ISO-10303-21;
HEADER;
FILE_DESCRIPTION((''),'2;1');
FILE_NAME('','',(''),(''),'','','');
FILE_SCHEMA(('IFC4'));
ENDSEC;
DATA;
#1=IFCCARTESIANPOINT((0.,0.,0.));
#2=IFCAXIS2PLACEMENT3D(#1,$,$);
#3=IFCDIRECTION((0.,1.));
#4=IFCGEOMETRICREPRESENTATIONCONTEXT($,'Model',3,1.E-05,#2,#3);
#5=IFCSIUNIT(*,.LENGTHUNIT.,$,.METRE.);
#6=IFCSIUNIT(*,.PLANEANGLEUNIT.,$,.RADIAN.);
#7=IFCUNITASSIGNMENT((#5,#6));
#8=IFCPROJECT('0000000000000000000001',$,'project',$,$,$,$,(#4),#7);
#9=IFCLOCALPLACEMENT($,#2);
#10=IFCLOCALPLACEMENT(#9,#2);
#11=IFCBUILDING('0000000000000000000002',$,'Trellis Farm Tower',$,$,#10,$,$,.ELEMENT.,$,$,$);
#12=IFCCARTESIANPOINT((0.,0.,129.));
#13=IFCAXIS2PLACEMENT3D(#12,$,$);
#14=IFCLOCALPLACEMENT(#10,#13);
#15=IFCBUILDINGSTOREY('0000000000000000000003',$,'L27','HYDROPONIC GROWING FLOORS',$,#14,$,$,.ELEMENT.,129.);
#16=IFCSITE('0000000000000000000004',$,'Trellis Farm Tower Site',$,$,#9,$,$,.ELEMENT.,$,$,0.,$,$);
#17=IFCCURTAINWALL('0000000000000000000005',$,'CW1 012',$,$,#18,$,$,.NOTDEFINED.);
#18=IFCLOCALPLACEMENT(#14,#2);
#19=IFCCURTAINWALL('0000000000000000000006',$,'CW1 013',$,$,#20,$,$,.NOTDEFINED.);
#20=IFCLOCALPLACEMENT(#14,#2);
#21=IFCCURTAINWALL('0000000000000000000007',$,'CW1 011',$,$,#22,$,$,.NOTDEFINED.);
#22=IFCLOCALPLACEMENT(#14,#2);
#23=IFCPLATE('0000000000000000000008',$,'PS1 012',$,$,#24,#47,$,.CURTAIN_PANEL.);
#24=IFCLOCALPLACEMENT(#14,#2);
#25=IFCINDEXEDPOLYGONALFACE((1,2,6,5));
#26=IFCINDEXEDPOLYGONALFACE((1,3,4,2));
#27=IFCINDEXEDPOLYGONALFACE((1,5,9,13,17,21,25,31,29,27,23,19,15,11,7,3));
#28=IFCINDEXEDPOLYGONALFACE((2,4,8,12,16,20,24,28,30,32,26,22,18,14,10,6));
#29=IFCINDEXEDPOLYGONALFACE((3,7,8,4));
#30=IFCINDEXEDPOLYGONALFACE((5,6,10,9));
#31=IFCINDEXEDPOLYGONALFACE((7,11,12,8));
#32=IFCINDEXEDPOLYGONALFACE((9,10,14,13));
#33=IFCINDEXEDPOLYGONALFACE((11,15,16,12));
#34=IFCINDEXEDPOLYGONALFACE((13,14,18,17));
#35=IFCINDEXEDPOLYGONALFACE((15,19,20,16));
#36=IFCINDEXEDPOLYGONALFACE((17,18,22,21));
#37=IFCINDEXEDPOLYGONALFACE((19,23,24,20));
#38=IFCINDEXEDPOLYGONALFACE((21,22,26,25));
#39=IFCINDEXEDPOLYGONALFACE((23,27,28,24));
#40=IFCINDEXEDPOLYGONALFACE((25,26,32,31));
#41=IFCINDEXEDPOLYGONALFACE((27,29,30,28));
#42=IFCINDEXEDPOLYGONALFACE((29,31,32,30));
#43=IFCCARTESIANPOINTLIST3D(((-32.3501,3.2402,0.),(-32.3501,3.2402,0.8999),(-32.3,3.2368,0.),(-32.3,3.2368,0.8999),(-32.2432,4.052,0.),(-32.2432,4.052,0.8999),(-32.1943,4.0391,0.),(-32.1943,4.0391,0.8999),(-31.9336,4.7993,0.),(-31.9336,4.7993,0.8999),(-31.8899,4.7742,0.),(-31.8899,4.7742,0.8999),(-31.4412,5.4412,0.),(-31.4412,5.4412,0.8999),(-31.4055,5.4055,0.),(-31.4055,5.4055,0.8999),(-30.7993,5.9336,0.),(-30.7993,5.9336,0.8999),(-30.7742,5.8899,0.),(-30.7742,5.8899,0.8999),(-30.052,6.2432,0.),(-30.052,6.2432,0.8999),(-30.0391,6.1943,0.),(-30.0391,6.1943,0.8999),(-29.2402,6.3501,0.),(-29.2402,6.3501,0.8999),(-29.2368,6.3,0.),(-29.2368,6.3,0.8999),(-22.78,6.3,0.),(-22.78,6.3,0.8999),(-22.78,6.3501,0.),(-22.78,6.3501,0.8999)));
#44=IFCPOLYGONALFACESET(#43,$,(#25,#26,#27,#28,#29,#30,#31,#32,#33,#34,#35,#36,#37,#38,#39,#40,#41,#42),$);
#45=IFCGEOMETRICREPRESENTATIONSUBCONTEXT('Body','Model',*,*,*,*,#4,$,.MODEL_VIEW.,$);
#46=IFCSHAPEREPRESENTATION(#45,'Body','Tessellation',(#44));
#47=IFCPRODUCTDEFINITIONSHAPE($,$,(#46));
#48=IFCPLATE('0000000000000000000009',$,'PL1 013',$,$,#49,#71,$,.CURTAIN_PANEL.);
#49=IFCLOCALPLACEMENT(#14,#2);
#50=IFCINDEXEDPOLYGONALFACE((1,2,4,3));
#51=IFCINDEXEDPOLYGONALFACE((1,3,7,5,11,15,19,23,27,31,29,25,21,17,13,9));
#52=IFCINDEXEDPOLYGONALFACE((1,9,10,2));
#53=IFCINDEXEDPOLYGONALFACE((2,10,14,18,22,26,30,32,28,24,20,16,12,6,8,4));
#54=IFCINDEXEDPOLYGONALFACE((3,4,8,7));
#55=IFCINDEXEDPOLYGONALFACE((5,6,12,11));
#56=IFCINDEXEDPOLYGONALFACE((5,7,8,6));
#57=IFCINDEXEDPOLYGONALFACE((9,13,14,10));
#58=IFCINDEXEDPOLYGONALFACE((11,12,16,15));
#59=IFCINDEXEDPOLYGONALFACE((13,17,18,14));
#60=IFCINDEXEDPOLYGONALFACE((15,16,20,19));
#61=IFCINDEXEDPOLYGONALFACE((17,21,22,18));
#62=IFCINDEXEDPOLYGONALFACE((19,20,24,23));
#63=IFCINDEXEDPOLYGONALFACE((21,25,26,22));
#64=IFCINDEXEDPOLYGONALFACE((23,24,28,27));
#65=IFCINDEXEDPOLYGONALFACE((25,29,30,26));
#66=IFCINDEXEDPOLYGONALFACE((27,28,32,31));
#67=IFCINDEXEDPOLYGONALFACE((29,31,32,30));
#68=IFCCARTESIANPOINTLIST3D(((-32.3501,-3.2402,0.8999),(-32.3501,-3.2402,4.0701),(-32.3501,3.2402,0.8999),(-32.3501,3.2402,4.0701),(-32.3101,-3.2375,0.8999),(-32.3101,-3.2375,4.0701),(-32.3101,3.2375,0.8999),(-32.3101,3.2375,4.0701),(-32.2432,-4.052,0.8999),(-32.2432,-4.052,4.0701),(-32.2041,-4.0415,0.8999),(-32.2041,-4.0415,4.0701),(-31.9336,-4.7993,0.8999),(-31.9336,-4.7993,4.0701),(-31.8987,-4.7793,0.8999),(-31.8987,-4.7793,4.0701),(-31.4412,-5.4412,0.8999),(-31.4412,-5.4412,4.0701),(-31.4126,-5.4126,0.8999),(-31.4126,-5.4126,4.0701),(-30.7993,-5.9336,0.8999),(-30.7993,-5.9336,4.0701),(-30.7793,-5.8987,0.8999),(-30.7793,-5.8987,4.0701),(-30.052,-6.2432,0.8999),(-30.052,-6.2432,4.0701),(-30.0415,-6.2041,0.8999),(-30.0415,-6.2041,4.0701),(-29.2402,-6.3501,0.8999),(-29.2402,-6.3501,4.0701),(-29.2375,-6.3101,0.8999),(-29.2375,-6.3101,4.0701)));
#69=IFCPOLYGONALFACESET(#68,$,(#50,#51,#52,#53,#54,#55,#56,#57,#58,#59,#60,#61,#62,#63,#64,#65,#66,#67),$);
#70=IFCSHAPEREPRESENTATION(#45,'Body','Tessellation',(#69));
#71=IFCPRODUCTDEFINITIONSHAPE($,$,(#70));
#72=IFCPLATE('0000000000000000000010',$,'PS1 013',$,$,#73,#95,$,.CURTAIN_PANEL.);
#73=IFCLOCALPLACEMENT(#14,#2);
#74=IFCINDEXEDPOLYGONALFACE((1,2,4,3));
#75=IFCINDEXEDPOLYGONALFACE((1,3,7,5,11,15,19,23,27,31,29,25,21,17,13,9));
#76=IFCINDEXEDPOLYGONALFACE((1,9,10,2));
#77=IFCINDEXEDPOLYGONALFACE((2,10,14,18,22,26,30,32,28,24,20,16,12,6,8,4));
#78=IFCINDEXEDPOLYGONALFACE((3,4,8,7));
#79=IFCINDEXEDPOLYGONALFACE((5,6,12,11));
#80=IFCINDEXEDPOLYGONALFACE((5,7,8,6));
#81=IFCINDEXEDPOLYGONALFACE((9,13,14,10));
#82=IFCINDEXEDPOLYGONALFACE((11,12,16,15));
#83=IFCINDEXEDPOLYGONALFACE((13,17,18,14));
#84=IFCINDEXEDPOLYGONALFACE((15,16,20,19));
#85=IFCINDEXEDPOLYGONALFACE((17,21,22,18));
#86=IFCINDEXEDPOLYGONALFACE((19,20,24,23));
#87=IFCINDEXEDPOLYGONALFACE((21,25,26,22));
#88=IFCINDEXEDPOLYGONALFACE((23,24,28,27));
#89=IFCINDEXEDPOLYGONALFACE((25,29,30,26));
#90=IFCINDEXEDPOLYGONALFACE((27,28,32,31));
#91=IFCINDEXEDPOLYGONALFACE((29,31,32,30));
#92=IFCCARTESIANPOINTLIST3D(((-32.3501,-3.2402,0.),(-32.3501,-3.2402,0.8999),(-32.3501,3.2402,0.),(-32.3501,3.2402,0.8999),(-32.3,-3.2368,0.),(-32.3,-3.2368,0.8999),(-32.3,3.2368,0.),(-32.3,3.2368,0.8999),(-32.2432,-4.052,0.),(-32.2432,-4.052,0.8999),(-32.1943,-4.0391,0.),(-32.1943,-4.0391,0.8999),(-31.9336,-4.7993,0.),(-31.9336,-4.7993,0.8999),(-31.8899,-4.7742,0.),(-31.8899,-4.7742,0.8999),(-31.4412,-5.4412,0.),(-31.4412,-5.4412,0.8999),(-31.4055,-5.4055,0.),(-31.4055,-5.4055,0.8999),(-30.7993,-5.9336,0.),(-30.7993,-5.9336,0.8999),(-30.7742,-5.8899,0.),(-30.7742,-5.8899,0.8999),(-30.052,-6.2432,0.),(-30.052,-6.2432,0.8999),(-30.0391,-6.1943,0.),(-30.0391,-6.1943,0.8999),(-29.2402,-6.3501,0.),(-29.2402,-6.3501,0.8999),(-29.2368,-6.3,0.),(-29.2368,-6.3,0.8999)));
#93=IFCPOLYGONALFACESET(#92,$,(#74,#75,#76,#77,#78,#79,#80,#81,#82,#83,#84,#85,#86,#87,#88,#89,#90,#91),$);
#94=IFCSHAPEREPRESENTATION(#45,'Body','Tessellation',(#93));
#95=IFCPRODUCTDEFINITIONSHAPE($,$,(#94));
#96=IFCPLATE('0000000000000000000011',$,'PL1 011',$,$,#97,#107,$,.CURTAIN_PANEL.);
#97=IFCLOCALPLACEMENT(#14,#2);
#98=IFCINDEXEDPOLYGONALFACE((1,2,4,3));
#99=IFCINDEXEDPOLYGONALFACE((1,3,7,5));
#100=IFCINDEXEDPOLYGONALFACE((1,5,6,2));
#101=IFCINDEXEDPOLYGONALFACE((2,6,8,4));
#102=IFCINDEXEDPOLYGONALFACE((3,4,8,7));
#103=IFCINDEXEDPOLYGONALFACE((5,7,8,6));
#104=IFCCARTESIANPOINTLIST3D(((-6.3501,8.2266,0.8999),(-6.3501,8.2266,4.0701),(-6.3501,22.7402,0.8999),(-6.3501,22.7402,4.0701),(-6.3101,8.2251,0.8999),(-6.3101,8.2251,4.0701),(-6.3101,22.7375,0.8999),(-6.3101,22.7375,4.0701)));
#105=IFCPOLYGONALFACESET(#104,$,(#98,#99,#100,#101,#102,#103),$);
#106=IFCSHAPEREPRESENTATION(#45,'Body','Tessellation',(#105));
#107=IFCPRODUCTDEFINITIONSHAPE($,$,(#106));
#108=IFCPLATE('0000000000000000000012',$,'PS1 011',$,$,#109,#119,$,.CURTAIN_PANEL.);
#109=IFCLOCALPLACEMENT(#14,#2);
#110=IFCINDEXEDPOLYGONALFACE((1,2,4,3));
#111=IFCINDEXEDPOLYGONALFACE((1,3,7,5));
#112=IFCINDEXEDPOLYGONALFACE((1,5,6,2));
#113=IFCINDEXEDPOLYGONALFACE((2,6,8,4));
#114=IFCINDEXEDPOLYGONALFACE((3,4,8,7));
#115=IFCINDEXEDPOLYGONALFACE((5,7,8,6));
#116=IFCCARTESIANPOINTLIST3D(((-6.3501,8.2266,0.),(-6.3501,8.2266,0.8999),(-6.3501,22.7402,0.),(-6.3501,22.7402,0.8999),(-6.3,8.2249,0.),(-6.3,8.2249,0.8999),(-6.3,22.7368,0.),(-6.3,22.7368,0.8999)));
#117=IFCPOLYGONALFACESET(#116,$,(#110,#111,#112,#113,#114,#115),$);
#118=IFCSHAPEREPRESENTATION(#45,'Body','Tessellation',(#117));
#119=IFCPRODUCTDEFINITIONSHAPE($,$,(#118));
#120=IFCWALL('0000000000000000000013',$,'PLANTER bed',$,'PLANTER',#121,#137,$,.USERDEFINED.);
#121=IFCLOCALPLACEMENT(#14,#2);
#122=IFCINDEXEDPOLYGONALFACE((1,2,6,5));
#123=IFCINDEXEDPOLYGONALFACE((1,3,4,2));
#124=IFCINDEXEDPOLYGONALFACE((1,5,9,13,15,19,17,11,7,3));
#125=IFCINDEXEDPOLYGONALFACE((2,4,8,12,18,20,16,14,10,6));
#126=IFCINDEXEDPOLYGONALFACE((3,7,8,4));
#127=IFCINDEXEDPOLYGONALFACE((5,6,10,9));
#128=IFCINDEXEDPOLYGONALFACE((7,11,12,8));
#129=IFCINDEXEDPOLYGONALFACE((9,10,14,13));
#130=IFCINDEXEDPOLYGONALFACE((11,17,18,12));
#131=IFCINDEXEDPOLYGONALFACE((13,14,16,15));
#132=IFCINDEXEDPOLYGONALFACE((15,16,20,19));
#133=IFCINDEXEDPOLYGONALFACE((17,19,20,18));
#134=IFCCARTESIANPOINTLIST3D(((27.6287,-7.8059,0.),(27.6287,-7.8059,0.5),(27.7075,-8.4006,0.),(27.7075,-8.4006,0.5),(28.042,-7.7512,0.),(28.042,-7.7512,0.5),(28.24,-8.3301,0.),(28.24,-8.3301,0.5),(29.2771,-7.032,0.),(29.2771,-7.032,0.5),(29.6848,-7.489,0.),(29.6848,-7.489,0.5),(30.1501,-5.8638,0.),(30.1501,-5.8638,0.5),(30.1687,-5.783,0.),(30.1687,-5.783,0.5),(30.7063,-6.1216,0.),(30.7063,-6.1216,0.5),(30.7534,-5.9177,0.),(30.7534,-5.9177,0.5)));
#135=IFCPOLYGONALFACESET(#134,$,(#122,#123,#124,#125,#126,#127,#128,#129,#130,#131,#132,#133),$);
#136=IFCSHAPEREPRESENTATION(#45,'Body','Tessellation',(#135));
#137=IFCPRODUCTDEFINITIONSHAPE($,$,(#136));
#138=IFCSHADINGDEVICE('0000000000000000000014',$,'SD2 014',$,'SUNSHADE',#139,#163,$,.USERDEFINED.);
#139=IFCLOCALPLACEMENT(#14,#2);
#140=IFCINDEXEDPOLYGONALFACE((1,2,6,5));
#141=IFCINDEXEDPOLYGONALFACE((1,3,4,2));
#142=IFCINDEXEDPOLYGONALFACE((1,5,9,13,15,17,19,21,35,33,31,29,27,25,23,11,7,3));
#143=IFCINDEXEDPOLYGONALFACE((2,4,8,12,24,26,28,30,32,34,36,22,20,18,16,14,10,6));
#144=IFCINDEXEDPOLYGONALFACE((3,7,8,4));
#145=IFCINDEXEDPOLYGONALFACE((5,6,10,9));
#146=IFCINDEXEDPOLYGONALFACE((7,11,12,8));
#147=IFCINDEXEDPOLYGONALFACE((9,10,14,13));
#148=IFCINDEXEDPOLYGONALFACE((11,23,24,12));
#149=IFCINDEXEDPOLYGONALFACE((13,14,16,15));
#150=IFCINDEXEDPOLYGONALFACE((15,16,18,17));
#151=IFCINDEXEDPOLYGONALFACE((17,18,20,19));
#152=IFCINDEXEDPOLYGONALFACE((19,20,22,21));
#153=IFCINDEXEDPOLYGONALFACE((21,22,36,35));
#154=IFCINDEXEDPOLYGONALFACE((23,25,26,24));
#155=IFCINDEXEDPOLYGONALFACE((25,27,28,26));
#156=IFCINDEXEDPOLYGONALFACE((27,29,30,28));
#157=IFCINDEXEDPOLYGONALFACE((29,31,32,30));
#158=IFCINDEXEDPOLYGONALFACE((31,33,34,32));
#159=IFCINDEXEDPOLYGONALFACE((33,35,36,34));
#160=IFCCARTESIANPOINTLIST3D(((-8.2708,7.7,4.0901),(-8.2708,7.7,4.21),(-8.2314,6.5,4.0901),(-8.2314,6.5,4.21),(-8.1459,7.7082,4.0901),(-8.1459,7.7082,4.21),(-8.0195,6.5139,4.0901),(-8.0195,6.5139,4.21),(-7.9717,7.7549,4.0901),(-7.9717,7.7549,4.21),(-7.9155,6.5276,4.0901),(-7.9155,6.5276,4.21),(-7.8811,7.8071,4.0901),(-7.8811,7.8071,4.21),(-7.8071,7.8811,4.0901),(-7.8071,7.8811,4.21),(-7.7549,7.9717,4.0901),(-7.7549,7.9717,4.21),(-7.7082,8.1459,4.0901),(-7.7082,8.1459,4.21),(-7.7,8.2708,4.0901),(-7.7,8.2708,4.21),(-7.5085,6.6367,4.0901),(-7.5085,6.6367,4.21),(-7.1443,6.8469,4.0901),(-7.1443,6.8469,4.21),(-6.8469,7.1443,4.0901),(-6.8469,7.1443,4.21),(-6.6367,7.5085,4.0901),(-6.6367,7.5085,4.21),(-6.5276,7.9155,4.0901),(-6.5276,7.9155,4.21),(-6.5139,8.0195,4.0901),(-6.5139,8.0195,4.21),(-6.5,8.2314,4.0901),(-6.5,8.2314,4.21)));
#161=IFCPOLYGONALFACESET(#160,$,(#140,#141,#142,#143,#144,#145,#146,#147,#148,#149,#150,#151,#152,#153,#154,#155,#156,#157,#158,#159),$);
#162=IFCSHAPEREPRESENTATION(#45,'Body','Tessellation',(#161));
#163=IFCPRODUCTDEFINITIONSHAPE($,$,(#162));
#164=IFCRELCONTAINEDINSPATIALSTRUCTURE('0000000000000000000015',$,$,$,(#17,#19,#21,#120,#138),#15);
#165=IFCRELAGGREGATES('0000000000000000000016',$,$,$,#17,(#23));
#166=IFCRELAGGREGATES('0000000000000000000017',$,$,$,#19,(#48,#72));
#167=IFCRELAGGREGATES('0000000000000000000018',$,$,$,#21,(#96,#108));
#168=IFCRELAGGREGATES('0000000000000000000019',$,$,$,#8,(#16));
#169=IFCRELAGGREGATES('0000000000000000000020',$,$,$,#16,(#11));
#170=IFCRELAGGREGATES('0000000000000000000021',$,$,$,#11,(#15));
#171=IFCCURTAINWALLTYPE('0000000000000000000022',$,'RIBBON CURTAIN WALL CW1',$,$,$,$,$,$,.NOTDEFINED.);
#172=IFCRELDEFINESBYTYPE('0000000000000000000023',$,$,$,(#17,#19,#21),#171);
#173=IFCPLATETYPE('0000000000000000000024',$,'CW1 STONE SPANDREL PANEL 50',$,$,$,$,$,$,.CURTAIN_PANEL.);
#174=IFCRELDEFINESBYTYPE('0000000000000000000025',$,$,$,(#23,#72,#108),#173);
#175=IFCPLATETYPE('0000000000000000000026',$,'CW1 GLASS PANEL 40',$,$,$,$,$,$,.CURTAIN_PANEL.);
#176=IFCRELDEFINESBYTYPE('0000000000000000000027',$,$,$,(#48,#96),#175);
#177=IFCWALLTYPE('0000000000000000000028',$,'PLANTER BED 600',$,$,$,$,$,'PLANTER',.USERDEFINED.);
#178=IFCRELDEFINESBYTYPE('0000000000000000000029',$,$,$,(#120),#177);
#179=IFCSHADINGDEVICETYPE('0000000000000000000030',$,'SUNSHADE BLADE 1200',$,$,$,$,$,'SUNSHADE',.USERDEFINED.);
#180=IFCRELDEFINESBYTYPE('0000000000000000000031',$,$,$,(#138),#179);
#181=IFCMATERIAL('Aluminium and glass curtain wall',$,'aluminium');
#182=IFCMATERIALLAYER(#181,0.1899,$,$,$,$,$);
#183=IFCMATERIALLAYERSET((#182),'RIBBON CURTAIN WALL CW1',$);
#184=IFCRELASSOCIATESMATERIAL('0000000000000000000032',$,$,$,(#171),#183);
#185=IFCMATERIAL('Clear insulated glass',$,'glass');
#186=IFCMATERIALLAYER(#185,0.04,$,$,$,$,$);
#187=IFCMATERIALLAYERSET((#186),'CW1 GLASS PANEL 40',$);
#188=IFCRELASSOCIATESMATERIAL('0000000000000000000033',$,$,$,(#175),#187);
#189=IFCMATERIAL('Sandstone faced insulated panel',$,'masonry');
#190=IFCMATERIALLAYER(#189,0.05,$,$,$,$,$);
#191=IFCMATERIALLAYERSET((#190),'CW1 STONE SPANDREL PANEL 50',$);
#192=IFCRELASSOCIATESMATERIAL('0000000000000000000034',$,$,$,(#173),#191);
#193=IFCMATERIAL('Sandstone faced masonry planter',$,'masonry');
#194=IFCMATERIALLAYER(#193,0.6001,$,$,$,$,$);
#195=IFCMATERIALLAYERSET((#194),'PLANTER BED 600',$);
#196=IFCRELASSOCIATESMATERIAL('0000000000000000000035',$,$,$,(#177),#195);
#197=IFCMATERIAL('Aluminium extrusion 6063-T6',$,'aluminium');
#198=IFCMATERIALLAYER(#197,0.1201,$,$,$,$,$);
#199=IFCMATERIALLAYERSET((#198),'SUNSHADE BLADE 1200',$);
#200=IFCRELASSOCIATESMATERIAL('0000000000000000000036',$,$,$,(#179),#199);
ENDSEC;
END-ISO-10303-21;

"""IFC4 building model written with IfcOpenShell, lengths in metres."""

from ifc_helpers import new_model, si_unit, direction, frame, origin, place, context, subcontext, project, spatial, polyline, outline, extrude, source, transform, mapped, material, layer, layer_set, type_object, element, aggregate, save


model = new_model("IFC4")

# Units and contexts
model_context = context("Model", 3, precision=1e-05, world=origin(), true_north=direction((0.0, 1.0)))
body_context = subcontext(model_context, "Body", "Model", "MODEL_VIEW")
ifc_project = project(units=[si_unit("LENGTHUNIT", "METRE"), si_unit("PLANEANGLEUNIT", "RADIAN")], contexts=[model_context])

# Site, building, storey
site_placement = place(None, origin())
site = spatial("IfcSite", under=ifc_project, at=site_placement, Name="Trellis Farm Tower Site", CompositionType="ELEMENT", RefElevation=0.0)
building_placement = place(site_placement, origin())
building = spatial("IfcBuilding", under=site, at=building_placement, Name="Trellis Farm Tower", CompositionType="ELEMENT")
storey_placement = place(building_placement, frame((0.0, 0.0, 129.0)))
storey = spatial("IfcBuildingStorey", under=building, at=storey_placement, Name="L27", Description="HYDROPONIC GROWING FLOORS", CompositionType="ELEMENT", Elevation=129.0)

# Curtain walls
ifc_material_1 = material(Name="Aluminium and glass curtain wall", Category="aluminium")
placement_1 = place(storey_placement, origin())
ifc_material_2 = material(Name="Aluminium extrusion 6063-T6", Category="aluminium")
ifc_layer_1 = layer(ifc_material_1, 0.1899)
ifc_layer_set_1 = layer_set([ifc_layer_1], Name="RIBBON CURTAIN WALL CW1")
curtain_wall_type_1 = type_object("IfcCurtainWallType", Name="RIBBON CURTAIN WALL CW1", PredefinedType="NOTDEFINED", material=ifc_layer_set_1)
curtain_wall_1 = element("IfcCurtainWall", 1, at=placement_1, inside=storey, type_object=curtain_wall_type_1, Name="CW1 012", PredefinedType="NOTDEFINED")
curtain_wall_2 = element("IfcCurtainWall", 2, at=placement_1, inside=storey, type_object=curtain_wall_type_1, Name="CW1 013", PredefinedType="NOTDEFINED")
curtain_wall_3 = element("IfcCurtainWall", 3, at=placement_1, inside=storey, type_object=curtain_wall_type_1, Name="CW1 011", PredefinedType="NOTDEFINED")

# Plates
ifc_material_3 = material(Name="Clear insulated glass", Category="glass")
ifc_layer_2 = layer(ifc_material_3, 0.04)
ifc_layer_set_2 = layer_set([ifc_layer_2], Name="CW1 GLASS PANEL 40")
plate_type_1 = type_object("IfcPlateType", Name="CW1 GLASS PANEL 40", PredefinedType="CURTAIN_PANEL", material=ifc_layer_set_2)
placement_2 = place(storey_placement, frame((0.0, 0.0, 0.8999)))
ifc_material_4 = material(Name="Sandstone faced insulated panel", Category="masonry")
ifc_layer_3 = layer(ifc_material_4, 0.05)
ifc_layer_set_3 = layer_set([ifc_layer_3], Name="CW1 STONE SPANDREL PANEL 50")
plate_type_2 = type_object("IfcPlateType", Name="CW1 STONE SPANDREL PANEL 50", PredefinedType="CURTAIN_PANEL", material=ifc_layer_set_3)
shared_shape_1 = source(origin(), body_context, "Body", "SweptSolid", [
    extrude(outline(polyline([(-22.78, 6.3501), (-29.2402, 6.3501), (-30.052, 6.2432), (-30.7993, 5.9336), (-31.4412, 5.4412), (-31.9336, 4.7993), (-32.2432, 4.052), (-32.3501, 3.2402), (-32.3, 3.2368), (-32.1943, 4.0391), (-31.8899, 4.7742), (-31.4055, 5.4055), (-30.7742, 5.8899), (-30.0391, 6.1943), (-29.2368, 6.3), (-22.78, 6.3), (-22.78, 6.3501)])), origin(), (0.0, 0.0, 1.0), 0.8999),
])
plate_1 = element("IfcPlate", 4, at=placement_1, type_object=plate_type_2, Name="PS1 012", PredefinedType="CURTAIN_PANEL", context=body_context, shape_type="MappedRepresentation", body=[
    mapped(shared_shape_1, transform((0.0, 0.0, 0.0))),
])
aggregate(curtain_wall_1, [plate_1])
shared_shape_2 = source(origin(), body_context, "Body", "SweptSolid", [
    extrude(outline(polyline([(-32.3501, 3.2402), (-32.3501, -3.2402), (-32.2432, -4.052), (-31.9336, -4.7993), (-31.4412, -5.4412), (-30.7993, -5.9336), (-30.052, -6.2432), (-29.2402, -6.3501), (-29.2375, -6.3101), (-30.0415, -6.2041), (-30.7793, -5.8987), (-31.4126, -5.4126), (-31.8987, -4.7793), (-32.2041, -4.0415), (-32.3101, -3.2375), (-32.3101, 3.2375), (-32.3501, 3.2402)])), origin(), (0.0, 0.0, 1.0), 3.1702),
])
plate_2 = element("IfcPlate", 5, at=placement_2, type_object=plate_type_1, Name="PL1 013", PredefinedType="CURTAIN_PANEL", context=body_context, shape_type="MappedRepresentation", body=[
    mapped(shared_shape_2, transform((0.0, 0.0, 0.0))),
])
shared_shape_3 = source(origin(), body_context, "Body", "SweptSolid", [
    extrude(outline(polyline([(-32.3501, 3.2402), (-32.3501, -3.2402), (-32.2432, -4.052), (-31.9336, -4.7993), (-31.4412, -5.4412), (-30.7993, -5.9336), (-30.052, -6.2432), (-29.2402, -6.3501), (-29.2368, -6.3), (-30.0391, -6.1943), (-30.7742, -5.8899), (-31.4055, -5.4055), (-31.8899, -4.7742), (-32.1943, -4.0391), (-32.3, -3.2368), (-32.3, 3.2368), (-32.3501, 3.2402)])), origin(), (0.0, 0.0, 1.0), 0.8999),
])
plate_3 = element("IfcPlate", 6, at=placement_1, type_object=plate_type_2, Name="PS1 013", PredefinedType="CURTAIN_PANEL", context=body_context, shape_type="MappedRepresentation", body=[
    mapped(shared_shape_3, transform((0.0, 0.0, 0.0))),
])
aggregate(curtain_wall_2, [plate_2, plate_3])
shared_shape_4 = source(origin(), body_context, "Body", "SweptSolid", [
    extrude(outline(polyline([(-6.3501, 22.7402), (-6.3501, 8.2266), (-6.3101, 8.2251), (-6.3101, 22.7375), (-6.3501, 22.7402)])), origin(), (0.0, 0.0, 1.0), 3.1702),
])
plate_4 = element("IfcPlate", 7, at=placement_2, type_object=plate_type_1, Name="PL1 011", PredefinedType="CURTAIN_PANEL", context=body_context, shape_type="MappedRepresentation", body=[
    mapped(shared_shape_4, transform((0.0, 0.0, 0.0))),
])
shared_shape_5 = source(origin(), body_context, "Body", "SweptSolid", [
    extrude(outline(polyline([(-6.3501, 22.7402), (-6.3501, 8.2266), (-6.3, 8.2249), (-6.3, 22.7368), (-6.3501, 22.7402)])), origin(), (0.0, 0.0, 1.0), 0.8999),
])
plate_5 = element("IfcPlate", 8, at=placement_1, type_object=plate_type_2, Name="PS1 011", PredefinedType="CURTAIN_PANEL", context=body_context, shape_type="MappedRepresentation", body=[
    mapped(shared_shape_5, transform((0.0, 0.0, 0.0))),
])
aggregate(curtain_wall_3, [plate_4, plate_5])

# Wall
ifc_material_5 = material(Name="Sandstone faced masonry planter", Category="masonry")
ifc_layer_4 = layer(ifc_material_5, 0.6001)
ifc_layer_set_4 = layer_set([ifc_layer_4], Name="PLANTER BED 600")
wall_type = type_object("IfcWallType", Name="PLANTER BED 600", ElementType="PLANTER", PredefinedType="USERDEFINED", material=ifc_layer_set_4)
element("IfcWall", 9, at=placement_1, inside=storey, type_object=wall_type, Name="PLANTER bed", ObjectType="PLANTER", PredefinedType="USERDEFINED", context=body_context, shape_type="SweptSolid", body=[
    extrude(outline(polyline([(30.7063, -6.1216), (29.6848, -7.489), (28.24, -8.3301), (27.7075, -8.4006), (27.6287, -7.8059), (28.042, -7.7512), (29.2771, -7.032), (30.1501, -5.8638), (30.1687, -5.783), (30.7534, -5.9177), (30.7063, -6.1216)])), origin(), (0.0, 0.0, 1.0), 0.5),
])

# Shading device
ifc_layer_5 = layer(ifc_material_2, 0.1201)
ifc_layer_set_5 = layer_set([ifc_layer_5], Name="SUNSHADE BLADE 1200")
shading_device_type_1 = type_object("IfcShadingDeviceType", Name="SUNSHADE BLADE 1200", ElementType="SUNSHADE", PredefinedType="USERDEFINED", material=ifc_layer_set_5)
shared_shape_6 = source(origin(), body_context, "Body", "SweptSolid", [
    extrude(outline(polyline([(-7.7, 8.2708), (-7.7087, 8.1372), (-7.707, 8.1501), (-7.7549, 7.9717), (-7.8071, 7.8811), (-7.8811, 7.8071), (-7.9717, 7.7549), (-8.1501, 7.707), (-8.1372, 7.7087), (-8.2708, 7.7), (-8.2314, 6.5), (-8.0195, 6.5139), (-7.9155, 6.5276), (-7.5085, 6.6367), (-7.1443, 6.8469), (-6.8469, 7.1443), (-6.6367, 7.5085), (-6.5276, 7.9155), (-6.5139, 8.0195), (-6.5, 8.2314), (-7.7, 8.2708)])), origin(), (0.0, 0.0, 1.0), 0.1199),
])
placement_3 = place(storey_placement, frame((0.0, 0.0, 4.0901)))
element("IfcShadingDevice", 10, at=placement_3, inside=storey, type_object=shading_device_type_1, Name="SD2 014", ObjectType="SUNSHADE", PredefinedType="USERDEFINED", context=body_context, shape_type="MappedRepresentation", body=[
    mapped(shared_shape_6, transform((0.0, 0.0, 0.0))),
])

save(model, "model.ifc")
